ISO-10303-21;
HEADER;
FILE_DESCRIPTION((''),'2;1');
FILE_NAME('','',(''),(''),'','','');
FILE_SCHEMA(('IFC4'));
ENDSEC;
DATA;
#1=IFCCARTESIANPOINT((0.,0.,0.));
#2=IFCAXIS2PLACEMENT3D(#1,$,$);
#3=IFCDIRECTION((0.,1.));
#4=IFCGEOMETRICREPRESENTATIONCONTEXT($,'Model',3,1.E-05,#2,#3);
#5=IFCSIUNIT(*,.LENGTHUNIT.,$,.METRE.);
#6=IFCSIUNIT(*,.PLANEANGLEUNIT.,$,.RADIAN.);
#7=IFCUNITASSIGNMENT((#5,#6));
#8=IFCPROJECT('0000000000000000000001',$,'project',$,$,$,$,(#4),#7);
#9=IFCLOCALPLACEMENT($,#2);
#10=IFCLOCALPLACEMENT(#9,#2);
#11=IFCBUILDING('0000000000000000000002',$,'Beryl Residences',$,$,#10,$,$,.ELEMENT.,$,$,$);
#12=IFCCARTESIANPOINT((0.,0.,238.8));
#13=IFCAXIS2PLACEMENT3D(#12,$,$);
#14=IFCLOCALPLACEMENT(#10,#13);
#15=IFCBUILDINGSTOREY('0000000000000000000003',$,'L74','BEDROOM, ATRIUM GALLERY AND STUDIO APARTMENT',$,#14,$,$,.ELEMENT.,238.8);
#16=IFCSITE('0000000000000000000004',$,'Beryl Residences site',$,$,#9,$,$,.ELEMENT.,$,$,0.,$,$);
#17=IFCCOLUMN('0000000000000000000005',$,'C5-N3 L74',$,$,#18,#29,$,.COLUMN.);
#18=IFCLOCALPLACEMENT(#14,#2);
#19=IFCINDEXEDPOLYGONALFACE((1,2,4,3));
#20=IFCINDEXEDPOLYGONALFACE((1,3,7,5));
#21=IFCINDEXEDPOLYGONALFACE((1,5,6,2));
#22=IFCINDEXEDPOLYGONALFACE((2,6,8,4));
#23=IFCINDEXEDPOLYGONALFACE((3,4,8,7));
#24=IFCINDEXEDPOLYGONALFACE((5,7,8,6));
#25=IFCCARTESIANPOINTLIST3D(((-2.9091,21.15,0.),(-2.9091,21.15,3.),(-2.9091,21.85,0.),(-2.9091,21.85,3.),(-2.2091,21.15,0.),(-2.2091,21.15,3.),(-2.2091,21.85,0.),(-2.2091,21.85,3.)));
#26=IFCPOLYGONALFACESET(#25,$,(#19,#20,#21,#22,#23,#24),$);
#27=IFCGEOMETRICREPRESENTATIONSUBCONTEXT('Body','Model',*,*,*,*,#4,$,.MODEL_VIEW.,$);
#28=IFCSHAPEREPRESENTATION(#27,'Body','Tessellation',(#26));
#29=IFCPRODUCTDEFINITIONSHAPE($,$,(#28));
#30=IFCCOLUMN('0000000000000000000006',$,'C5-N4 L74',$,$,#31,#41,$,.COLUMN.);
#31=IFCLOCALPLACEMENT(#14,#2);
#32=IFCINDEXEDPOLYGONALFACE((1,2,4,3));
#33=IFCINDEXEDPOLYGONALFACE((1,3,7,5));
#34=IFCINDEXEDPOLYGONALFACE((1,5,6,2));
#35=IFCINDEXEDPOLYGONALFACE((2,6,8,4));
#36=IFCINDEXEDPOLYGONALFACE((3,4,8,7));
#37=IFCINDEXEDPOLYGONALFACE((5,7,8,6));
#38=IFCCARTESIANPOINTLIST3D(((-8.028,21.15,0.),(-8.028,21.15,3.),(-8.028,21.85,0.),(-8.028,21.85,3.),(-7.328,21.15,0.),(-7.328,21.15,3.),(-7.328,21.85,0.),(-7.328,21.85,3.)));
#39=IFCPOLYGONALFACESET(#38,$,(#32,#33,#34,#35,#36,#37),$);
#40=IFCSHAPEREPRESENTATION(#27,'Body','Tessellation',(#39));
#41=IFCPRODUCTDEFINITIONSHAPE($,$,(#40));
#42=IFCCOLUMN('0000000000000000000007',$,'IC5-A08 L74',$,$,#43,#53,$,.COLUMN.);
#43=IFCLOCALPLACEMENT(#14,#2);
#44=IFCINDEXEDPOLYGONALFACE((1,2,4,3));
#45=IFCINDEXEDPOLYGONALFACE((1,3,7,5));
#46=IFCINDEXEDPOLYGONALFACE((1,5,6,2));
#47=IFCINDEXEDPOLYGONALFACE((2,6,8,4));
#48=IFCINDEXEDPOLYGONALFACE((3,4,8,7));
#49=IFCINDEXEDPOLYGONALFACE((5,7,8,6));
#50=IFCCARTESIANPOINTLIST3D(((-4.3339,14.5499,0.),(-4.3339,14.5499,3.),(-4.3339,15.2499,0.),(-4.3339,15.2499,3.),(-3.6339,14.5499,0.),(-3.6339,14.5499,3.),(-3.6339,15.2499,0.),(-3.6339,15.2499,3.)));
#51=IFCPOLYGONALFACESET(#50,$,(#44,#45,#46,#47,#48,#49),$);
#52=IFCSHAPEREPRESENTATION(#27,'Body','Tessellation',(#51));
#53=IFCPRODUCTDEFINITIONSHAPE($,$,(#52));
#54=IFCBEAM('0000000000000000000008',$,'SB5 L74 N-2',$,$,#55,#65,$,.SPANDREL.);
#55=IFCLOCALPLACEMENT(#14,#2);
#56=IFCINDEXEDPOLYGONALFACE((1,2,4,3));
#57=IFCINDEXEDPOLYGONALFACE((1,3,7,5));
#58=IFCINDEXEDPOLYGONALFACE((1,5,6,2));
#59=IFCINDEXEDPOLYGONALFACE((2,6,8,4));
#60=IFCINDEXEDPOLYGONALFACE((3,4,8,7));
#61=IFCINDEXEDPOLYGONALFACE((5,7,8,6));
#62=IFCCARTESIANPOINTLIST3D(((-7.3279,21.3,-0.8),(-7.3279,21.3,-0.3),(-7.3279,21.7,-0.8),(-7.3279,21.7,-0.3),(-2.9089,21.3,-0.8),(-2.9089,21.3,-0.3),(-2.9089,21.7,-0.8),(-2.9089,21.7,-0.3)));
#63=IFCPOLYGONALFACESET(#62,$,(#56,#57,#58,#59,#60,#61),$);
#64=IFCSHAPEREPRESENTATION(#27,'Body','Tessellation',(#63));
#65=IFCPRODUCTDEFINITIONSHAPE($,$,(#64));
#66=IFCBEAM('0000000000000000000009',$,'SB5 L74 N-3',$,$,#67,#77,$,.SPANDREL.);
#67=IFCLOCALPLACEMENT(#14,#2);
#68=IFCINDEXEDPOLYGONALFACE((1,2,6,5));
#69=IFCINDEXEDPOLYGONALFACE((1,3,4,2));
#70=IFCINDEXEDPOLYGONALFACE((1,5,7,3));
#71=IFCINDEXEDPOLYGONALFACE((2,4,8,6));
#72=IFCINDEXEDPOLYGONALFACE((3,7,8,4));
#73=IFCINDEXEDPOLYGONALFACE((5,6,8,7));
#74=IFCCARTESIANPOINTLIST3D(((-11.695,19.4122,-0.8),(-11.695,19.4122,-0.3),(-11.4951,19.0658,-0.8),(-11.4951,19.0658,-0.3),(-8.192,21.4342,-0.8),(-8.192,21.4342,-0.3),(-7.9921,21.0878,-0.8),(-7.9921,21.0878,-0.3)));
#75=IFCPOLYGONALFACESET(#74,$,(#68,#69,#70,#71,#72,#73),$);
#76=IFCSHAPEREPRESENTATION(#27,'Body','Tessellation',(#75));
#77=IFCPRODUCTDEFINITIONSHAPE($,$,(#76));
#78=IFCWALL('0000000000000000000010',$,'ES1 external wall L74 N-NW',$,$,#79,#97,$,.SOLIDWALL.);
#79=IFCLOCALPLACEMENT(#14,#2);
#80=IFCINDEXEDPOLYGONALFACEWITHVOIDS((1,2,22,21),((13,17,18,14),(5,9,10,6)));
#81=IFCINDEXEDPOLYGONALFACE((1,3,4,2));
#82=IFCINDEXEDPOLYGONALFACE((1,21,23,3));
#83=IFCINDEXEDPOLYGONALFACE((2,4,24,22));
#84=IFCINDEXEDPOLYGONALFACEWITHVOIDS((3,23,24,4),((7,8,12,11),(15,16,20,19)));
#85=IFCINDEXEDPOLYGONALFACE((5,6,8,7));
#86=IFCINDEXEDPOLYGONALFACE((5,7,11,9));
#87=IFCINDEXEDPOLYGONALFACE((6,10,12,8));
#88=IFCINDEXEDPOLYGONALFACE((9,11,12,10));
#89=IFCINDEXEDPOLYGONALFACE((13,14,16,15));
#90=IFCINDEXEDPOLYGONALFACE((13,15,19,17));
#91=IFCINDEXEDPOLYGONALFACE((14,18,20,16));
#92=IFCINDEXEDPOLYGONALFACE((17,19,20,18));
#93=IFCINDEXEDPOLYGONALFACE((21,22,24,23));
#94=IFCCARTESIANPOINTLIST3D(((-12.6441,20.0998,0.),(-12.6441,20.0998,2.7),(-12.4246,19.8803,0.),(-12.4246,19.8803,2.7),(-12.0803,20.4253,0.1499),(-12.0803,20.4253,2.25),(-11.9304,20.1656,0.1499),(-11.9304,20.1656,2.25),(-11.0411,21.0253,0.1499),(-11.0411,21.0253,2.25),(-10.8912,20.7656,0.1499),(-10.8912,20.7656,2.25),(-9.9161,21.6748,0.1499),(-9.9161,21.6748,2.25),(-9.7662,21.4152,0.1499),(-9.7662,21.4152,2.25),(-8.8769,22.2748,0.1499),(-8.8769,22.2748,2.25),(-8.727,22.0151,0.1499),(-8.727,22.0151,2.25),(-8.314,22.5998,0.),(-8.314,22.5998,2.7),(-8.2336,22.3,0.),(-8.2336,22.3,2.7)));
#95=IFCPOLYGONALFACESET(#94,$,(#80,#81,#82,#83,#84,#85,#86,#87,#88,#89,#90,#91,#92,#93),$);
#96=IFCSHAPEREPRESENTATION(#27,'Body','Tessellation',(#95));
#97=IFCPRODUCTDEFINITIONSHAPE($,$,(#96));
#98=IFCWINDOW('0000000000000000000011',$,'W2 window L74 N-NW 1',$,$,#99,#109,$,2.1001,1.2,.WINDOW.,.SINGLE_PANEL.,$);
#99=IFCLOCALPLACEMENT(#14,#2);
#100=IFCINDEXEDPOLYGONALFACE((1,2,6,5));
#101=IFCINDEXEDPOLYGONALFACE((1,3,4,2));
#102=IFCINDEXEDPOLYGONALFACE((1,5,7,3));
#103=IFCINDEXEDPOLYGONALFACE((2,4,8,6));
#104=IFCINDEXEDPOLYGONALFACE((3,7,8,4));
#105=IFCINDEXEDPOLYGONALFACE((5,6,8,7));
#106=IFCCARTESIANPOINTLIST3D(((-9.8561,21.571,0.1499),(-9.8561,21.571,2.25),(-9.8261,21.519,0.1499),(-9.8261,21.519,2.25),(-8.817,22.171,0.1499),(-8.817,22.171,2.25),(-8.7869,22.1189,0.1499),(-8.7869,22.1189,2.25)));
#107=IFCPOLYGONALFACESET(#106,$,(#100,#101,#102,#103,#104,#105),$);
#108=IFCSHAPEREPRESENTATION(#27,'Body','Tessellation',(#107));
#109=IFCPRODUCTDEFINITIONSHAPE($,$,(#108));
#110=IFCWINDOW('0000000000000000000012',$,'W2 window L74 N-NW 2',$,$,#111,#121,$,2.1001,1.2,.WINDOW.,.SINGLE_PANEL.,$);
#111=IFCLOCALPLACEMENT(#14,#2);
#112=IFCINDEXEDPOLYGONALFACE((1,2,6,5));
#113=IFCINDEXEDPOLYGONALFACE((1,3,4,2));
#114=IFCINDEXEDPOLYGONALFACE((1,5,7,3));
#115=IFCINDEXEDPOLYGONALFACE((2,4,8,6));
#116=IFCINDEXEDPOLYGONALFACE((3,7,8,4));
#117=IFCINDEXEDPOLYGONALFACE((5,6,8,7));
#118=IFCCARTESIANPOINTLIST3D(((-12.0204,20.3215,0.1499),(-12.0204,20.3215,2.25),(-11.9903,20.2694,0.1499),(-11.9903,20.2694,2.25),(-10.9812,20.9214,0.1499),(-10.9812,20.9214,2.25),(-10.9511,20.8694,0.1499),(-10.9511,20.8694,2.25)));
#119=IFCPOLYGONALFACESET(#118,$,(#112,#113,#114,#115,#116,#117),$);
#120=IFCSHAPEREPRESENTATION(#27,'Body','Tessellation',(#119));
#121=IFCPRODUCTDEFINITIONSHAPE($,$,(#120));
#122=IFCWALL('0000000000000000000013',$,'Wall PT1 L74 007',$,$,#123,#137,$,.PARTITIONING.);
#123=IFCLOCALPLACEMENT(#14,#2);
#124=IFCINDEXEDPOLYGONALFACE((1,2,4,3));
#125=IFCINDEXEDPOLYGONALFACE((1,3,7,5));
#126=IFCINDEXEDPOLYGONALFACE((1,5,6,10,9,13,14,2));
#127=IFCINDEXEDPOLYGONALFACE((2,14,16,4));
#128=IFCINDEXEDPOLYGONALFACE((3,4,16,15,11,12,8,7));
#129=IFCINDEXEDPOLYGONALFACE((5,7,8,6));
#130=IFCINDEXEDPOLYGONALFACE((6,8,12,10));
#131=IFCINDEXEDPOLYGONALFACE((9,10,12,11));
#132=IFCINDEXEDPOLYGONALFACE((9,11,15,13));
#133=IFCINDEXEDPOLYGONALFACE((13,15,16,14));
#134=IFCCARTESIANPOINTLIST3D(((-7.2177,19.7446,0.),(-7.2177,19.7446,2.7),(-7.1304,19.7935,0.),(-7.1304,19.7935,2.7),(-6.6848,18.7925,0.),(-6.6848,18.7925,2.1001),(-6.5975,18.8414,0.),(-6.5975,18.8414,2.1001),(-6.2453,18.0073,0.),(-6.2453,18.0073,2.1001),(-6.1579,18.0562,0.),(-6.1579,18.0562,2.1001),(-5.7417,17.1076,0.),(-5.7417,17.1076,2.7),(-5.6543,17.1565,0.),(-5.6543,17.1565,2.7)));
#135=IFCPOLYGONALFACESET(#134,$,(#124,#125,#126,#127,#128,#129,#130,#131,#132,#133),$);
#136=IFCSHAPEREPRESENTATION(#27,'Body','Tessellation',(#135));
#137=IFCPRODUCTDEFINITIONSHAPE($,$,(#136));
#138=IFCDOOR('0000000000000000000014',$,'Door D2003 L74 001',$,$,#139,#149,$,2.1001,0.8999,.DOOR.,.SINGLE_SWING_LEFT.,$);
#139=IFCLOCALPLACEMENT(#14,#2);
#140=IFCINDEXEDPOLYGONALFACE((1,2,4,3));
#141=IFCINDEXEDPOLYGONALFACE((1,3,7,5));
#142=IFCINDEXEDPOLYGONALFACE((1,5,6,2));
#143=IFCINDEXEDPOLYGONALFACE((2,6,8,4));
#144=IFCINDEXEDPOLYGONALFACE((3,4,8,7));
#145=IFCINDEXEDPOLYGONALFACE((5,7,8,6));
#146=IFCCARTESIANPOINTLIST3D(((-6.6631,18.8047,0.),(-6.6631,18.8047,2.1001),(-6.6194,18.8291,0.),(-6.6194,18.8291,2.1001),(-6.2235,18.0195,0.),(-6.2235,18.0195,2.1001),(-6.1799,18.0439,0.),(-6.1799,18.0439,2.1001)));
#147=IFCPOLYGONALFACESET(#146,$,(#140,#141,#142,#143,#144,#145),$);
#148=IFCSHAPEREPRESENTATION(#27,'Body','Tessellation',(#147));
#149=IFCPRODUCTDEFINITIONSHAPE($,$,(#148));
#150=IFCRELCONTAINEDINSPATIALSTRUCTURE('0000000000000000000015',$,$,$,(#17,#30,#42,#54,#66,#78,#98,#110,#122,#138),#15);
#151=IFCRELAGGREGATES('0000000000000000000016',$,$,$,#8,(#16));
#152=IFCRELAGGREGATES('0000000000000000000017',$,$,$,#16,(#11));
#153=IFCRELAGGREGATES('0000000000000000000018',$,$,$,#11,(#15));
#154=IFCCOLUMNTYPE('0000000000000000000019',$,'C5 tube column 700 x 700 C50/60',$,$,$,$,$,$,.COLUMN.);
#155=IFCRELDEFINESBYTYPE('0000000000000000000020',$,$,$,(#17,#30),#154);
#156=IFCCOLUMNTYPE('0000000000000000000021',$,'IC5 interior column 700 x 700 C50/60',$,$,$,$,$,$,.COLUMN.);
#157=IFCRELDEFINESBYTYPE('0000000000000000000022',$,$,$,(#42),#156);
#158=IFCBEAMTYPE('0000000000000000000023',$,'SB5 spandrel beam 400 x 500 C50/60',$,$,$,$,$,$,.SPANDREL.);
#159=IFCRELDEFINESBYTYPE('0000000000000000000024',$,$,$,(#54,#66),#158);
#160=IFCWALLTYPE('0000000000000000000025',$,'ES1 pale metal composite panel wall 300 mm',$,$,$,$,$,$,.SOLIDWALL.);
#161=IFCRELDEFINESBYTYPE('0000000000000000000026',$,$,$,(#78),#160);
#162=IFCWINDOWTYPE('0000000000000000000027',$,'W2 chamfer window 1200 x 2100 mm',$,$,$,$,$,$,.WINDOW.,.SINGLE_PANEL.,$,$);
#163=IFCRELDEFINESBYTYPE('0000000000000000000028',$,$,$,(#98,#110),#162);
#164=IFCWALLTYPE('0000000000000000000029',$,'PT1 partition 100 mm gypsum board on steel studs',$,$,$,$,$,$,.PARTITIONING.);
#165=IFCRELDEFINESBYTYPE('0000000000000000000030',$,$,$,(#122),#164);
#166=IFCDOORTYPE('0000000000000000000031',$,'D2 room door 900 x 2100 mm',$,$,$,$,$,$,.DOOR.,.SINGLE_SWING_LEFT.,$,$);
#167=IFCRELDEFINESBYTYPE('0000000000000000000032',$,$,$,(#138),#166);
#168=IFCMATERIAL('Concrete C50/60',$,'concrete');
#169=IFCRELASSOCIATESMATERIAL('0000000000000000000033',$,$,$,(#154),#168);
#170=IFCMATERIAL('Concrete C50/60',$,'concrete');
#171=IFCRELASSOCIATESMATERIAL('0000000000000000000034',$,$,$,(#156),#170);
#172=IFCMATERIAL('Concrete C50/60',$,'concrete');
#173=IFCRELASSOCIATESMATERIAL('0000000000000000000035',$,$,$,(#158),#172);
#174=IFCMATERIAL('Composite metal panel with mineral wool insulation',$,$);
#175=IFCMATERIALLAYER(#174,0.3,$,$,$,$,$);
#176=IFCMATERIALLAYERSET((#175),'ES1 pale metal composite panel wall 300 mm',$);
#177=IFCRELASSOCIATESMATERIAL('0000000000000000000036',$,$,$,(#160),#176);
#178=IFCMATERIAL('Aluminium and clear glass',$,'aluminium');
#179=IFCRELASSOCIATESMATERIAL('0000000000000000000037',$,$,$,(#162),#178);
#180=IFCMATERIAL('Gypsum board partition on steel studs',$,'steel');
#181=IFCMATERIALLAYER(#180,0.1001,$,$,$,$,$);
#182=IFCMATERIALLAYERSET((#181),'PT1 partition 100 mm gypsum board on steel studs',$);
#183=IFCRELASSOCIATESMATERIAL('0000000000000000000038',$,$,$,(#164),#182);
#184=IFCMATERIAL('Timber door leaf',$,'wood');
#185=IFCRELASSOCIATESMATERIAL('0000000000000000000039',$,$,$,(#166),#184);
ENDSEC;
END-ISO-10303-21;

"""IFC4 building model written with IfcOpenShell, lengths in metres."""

from ifc_helpers import new_model, si_unit, direction, frame, frame_2d, origin, origin_2d, place, context, subcontext, project, spatial, polyline, rectangle, outline, extrude, material, layer, layer_set, material_profile, profile_set, type_object, element, fill, save


model = new_model("IFC4")

# Units and contexts
model_context = context("Model", 3, precision=1e-05, world=origin(), true_north=direction((0.0, 1.0)))
body_context = subcontext(model_context, "Body", "Model", "MODEL_VIEW")
ifc_project = project(units=[si_unit("LENGTHUNIT", "METRE"), si_unit("PLANEANGLEUNIT", "RADIAN")], contexts=[model_context])

# Site, building, storey
site_placement = place(None, origin())
site = spatial("IfcSite", under=ifc_project, at=site_placement, Name="Beryl Residences site", CompositionType="ELEMENT", RefElevation=0.0)
building_placement = place(site_placement, origin())
building = spatial("IfcBuilding", under=site, at=building_placement, Name="Beryl Residences", CompositionType="ELEMENT")
storey_placement = place(building_placement, frame((0.0, 0.0, 238.8)))
storey = spatial("IfcBuildingStorey", under=building, at=storey_placement, Name="L74", Description="BEDROOM, ATRIUM GALLERY AND STUDIO APARTMENT", CompositionType="ELEMENT", Elevation=238.8)

# Columns
ifc_material_1 = material(Name="Concrete C50/60", Category="concrete")
ifc_material_profile_1 = material_profile(ifc_material_1, rectangle(XDim=0.7, YDim=0.7, at=origin_2d()))
ifc_profile_set_1 = profile_set([ifc_material_profile_1], Name="Concrete C50/60")
column_type_1 = type_object("IfcColumnType", Name="C5 tube column 700 x 700 C50/60", PredefinedType="COLUMN", material=ifc_profile_set_1)
for number, where, z_axis, x_axis, name in (
    (1, (-2.5591, 21.5, 0.0), (0.0, 0.0, 1.0), (-1.0, 0.0, 0.0), "C5-N3 L74"),
    (2, (-7.678, 21.5, 0.0), (0.0, 0.0, 1.0), (-1.0, 0.0, 0.0), "C5-N4 L74"),
):
    element("IfcColumn", number, at=place(storey_placement, frame(where, z_axis=z_axis, x_axis=x_axis)), inside=storey, type_object=column_type_1, Name=name, PredefinedType="COLUMN", context=body_context, shape_type="SweptSolid", body=[
        extrude(rectangle(XDim=0.7, YDim=0.7, at=origin_2d()), origin(), (0.0, 0.0, 1.0), 3.0),
    ])
ifc_material_2 = material(Name="Concrete C50/60", Category="concrete")
ifc_material_profile_2 = material_profile(ifc_material_2, rectangle(XDim=0.7, YDim=0.7, at=origin_2d()))
ifc_profile_set_2 = profile_set([ifc_material_profile_2], Name="Concrete C50/60")
column_type_2 = type_object("IfcColumnType", Name="IC5 interior column 700 x 700 C50/60", PredefinedType="COLUMN", material=ifc_profile_set_2)
column_placement = place(storey_placement, frame((-3.9839, 14.8999, 0.0), z_axis=(0.0, 0.0, 1.0), x_axis=(1.0, 0.0, 0.0)))
element("IfcColumn", 3, at=column_placement, inside=storey, type_object=column_type_2, Name="IC5-A08 L74", PredefinedType="COLUMN", context=body_context, shape_type="SweptSolid", body=[
    extrude(rectangle(XDim=0.7, YDim=0.7, at=origin_2d()), origin(), (0.0, 0.0, 1.0), 3.0),
])

# Beams
ifc_material_3 = material(Name="Concrete C50/60", Category="concrete")
ifc_material_profile_3 = material_profile(ifc_material_3, rectangle(XDim=0.3999, YDim=0.5, at=origin_2d()))
ifc_profile_set_3 = profile_set([ifc_material_profile_3], Name="Concrete C50/60")
beam_type = type_object("IfcBeamType", Name="SB5 spandrel beam 400 x 500 C50/60", PredefinedType="SPANDREL", material=ifc_profile_set_3)
beam_1_placement = place(storey_placement, frame((-2.9089, 21.5, -0.55), z_axis=(-1.0, 0.0, 0.0), x_axis=(0.0, -1.0, 0.0)))
element("IfcBeam", 4, at=beam_1_placement, inside=storey, type_object=beam_type, Name="SB5 L74 N-2", PredefinedType="SPANDREL", context=body_context, shape_type="SweptSolid", body=[
    extrude(rectangle(XDim=0.3999, YDim=0.5, at=origin_2d()), origin(), (0.0, 0.0, 1.0), 4.4189),
])
beam_2_placement = place(storey_placement, frame((-8.092, 21.261, -0.55), z_axis=(-0.866073, -0.499918, 0.0), x_axis=(0.499918, -0.866073, 0.0)))
element("IfcBeam", 5, at=beam_2_placement, inside=storey, type_object=beam_type, Name="SB5 L74 N-3", PredefinedType="SPANDREL", context=body_context, shape_type="SweptSolid", body=[
    extrude(rectangle(XDim=0.3999, YDim=0.5, at=origin_2d()), origin(), (0.0, 0.0, 1.0), 4.0447),
])

# Wall, openings, windows
ifc_material_4 = material(Name="Composite metal panel with mineral wool insulation")
ifc_layer_1 = layer(ifc_material_4, 0.3)
ifc_layer_set_1 = layer_set([ifc_layer_1], Name="ES1 pale metal composite panel wall 300 mm")
wall_type_1 = type_object("IfcWallType", Name="ES1 pale metal composite panel wall 300 mm", PredefinedType="SOLIDWALL", material=ifc_layer_set_1)
wall_1_placement = place(storey_placement, frame((-8.239, 22.47, 0.0), z_axis=(0.0, 0.0, 1.0), x_axis=(-0.866023, -0.500004, 0.0)))
wall_1 = element("IfcWall", 6, at=wall_1_placement, inside=storey, type_object=wall_type_1, Name="ES1 external wall L74 N-NW", PredefinedType="SOLIDWALL", context=body_context, shape_type="SweptSolid", body=[
    extrude(outline(polyline([(0.0, -0.1499), (5.0, -0.1499), (4.9197, 0.1499), (0.0803, 0.1499), (0.0, -0.1499)])), origin(), (0.0, 0.0, 1.0), 2.7),
])
opening_1_placement = place(wall_1_placement, frame((0.6499, 0.0, 0.1499)))
opening_1 = element("IfcOpeningElement", 7, at=opening_1_placement, cuts=wall_1, PredefinedType="OPENING", context=body_context, shape_type="SweptSolid", body=[
    extrude(rectangle(XDim=1.2, YDim=2.1001, at=frame_2d((0.6001, 1.05))), frame((0.0, 0.1599, 0.0), z_axis=(0.0, -1.0, 0.0), x_axis=(1.0, 0.0, 0.0)), (0.0, 0.0, 1.0), 0.3201),
])
opening_2_placement = place(wall_1_placement, frame((3.1489, 0.0, 0.1499)))
opening_2 = element("IfcOpeningElement", 8, at=opening_2_placement, cuts=wall_1, PredefinedType="OPENING", context=body_context, shape_type="SweptSolid", body=[
    extrude(rectangle(XDim=1.2, YDim=2.1001, at=frame_2d((0.6001, 1.05))), frame((0.0, 0.1599, 0.0), z_axis=(0.0, -1.0, 0.0), x_axis=(1.0, 0.0, 0.0)), (0.0, 0.0, 1.0), 0.3201),
])
ifc_material_5 = material(Name="Aluminium and clear glass", Category="aluminium")
window_type = type_object("IfcWindowType", Name="W2 chamfer window 1200 x 2100 mm", PartitioningType="SINGLE_PANEL", PredefinedType="WINDOW", material=ifc_material_5)
window_1_placement = place(opening_1_placement, origin())
window_1 = element("IfcWindow", 9, at=window_1_placement, inside=storey, type_object=window_type, Name="W2 window L74 N-NW 1", OverallHeight=2.1001, OverallWidth=1.2, PartitioningType="SINGLE_PANEL", PredefinedType="WINDOW", context=body_context, shape_type="SweptSolid", body=[
    extrude(rectangle(XDim=1.2, YDim=2.1001, at=frame_2d((0.6001, 1.05))), frame((0.0, 0.03, 0.0), z_axis=(0.0, -1.0, 0.0), x_axis=(1.0, 0.0, 0.0)), (0.0, 0.0, 1.0), 0.0601),
])
fill(opening_1, window_1)
window_2_placement = place(opening_2_placement, origin())
window_2 = element("IfcWindow", 10, at=window_2_placement, inside=storey, type_object=window_type, Name="W2 window L74 N-NW 2", OverallHeight=2.1001, OverallWidth=1.2, PartitioningType="SINGLE_PANEL", PredefinedType="WINDOW", context=body_context, shape_type="SweptSolid", body=[
    extrude(rectangle(XDim=1.2, YDim=2.1001, at=frame_2d((0.6001, 1.05))), frame((0.0, 0.03, 0.0), z_axis=(0.0, -1.0, 0.0), x_axis=(1.0, 0.0, 0.0)), (0.0, 0.0, 1.0), 0.0601),
])
fill(opening_2, window_2)

# Wall, opening, door
ifc_material_6 = material(Name="Gypsum board partition on steel studs", Category="steel")
ifc_layer_2 = layer(ifc_material_6, 0.1001)
ifc_layer_set_2 = layer_set([ifc_layer_2], Name="PT1 partition 100 mm gypsum board on steel studs")
wall_type_2 = type_object("IfcWallType", Name="PT1 partition 100 mm gypsum board on steel studs", PredefinedType="PARTITIONING", material=ifc_layer_set_2)
wall_2_placement = place(storey_placement, frame((-7.1741, 19.769, 0.0), z_axis=(0.0, 0.0, 1.0), x_axis=(0.488446, -0.872594, 0.0)))
wall_2 = element("IfcWall", 11, at=wall_2_placement, inside=storey, type_object=wall_type_2, Name="Wall PT1 L74 007", PredefinedType="PARTITIONING", context=body_context, shape_type="SweptSolid", body=[
    extrude(rectangle(XDim=3.022, YDim=0.1001, at=frame_2d((1.511, 0.0))), origin(), (0.0, 0.0, 1.0), 2.7),
])
opening_3_placement = place(wall_2_placement, frame((1.0911, 0.0, 0.0)))
opening_3 = element("IfcOpeningElement", 12, at=opening_3_placement, cuts=wall_2, PredefinedType="OPENING", context=body_context, shape_type="SweptSolid", body=[
    extrude(rectangle(XDim=0.8999, YDim=2.1001, at=frame_2d((0.45, 1.05))), frame((0.0, 0.0601, 0.0), z_axis=(0.0, -1.0, 0.0), x_axis=(1.0, 0.0, 0.0)), (0.0, 0.0, 1.0), 0.1201),
])
ifc_material_7 = material(Name="Timber door leaf", Category="wood")
door_type_1 = type_object("IfcDoorType", Name="D2 room door 900 x 2100 mm", OperationType="SINGLE_SWING_LEFT", PredefinedType="DOOR", material=ifc_material_7)
door_1_placement = place(opening_3_placement, origin())
door_1 = element("IfcDoor", 13, at=door_1_placement, inside=storey, type_object=door_type_1, Name="Door D2003 L74 001", OperationType="SINGLE_SWING_LEFT", OverallHeight=2.1001, OverallWidth=0.8999, PredefinedType="DOOR", context=body_context, shape_type="SweptSolid", body=[
    extrude(rectangle(XDim=0.8999, YDim=2.1001, at=frame_2d((0.45, 1.05))), frame((0.0, 0.0249, 0.0), z_axis=(0.0, -1.0, 0.0), x_axis=(1.0, 0.0, 0.0)), (0.0, 0.0, 1.0), 0.05),
])
fill(opening_3, door_1)

save(model, "model.ifc")
